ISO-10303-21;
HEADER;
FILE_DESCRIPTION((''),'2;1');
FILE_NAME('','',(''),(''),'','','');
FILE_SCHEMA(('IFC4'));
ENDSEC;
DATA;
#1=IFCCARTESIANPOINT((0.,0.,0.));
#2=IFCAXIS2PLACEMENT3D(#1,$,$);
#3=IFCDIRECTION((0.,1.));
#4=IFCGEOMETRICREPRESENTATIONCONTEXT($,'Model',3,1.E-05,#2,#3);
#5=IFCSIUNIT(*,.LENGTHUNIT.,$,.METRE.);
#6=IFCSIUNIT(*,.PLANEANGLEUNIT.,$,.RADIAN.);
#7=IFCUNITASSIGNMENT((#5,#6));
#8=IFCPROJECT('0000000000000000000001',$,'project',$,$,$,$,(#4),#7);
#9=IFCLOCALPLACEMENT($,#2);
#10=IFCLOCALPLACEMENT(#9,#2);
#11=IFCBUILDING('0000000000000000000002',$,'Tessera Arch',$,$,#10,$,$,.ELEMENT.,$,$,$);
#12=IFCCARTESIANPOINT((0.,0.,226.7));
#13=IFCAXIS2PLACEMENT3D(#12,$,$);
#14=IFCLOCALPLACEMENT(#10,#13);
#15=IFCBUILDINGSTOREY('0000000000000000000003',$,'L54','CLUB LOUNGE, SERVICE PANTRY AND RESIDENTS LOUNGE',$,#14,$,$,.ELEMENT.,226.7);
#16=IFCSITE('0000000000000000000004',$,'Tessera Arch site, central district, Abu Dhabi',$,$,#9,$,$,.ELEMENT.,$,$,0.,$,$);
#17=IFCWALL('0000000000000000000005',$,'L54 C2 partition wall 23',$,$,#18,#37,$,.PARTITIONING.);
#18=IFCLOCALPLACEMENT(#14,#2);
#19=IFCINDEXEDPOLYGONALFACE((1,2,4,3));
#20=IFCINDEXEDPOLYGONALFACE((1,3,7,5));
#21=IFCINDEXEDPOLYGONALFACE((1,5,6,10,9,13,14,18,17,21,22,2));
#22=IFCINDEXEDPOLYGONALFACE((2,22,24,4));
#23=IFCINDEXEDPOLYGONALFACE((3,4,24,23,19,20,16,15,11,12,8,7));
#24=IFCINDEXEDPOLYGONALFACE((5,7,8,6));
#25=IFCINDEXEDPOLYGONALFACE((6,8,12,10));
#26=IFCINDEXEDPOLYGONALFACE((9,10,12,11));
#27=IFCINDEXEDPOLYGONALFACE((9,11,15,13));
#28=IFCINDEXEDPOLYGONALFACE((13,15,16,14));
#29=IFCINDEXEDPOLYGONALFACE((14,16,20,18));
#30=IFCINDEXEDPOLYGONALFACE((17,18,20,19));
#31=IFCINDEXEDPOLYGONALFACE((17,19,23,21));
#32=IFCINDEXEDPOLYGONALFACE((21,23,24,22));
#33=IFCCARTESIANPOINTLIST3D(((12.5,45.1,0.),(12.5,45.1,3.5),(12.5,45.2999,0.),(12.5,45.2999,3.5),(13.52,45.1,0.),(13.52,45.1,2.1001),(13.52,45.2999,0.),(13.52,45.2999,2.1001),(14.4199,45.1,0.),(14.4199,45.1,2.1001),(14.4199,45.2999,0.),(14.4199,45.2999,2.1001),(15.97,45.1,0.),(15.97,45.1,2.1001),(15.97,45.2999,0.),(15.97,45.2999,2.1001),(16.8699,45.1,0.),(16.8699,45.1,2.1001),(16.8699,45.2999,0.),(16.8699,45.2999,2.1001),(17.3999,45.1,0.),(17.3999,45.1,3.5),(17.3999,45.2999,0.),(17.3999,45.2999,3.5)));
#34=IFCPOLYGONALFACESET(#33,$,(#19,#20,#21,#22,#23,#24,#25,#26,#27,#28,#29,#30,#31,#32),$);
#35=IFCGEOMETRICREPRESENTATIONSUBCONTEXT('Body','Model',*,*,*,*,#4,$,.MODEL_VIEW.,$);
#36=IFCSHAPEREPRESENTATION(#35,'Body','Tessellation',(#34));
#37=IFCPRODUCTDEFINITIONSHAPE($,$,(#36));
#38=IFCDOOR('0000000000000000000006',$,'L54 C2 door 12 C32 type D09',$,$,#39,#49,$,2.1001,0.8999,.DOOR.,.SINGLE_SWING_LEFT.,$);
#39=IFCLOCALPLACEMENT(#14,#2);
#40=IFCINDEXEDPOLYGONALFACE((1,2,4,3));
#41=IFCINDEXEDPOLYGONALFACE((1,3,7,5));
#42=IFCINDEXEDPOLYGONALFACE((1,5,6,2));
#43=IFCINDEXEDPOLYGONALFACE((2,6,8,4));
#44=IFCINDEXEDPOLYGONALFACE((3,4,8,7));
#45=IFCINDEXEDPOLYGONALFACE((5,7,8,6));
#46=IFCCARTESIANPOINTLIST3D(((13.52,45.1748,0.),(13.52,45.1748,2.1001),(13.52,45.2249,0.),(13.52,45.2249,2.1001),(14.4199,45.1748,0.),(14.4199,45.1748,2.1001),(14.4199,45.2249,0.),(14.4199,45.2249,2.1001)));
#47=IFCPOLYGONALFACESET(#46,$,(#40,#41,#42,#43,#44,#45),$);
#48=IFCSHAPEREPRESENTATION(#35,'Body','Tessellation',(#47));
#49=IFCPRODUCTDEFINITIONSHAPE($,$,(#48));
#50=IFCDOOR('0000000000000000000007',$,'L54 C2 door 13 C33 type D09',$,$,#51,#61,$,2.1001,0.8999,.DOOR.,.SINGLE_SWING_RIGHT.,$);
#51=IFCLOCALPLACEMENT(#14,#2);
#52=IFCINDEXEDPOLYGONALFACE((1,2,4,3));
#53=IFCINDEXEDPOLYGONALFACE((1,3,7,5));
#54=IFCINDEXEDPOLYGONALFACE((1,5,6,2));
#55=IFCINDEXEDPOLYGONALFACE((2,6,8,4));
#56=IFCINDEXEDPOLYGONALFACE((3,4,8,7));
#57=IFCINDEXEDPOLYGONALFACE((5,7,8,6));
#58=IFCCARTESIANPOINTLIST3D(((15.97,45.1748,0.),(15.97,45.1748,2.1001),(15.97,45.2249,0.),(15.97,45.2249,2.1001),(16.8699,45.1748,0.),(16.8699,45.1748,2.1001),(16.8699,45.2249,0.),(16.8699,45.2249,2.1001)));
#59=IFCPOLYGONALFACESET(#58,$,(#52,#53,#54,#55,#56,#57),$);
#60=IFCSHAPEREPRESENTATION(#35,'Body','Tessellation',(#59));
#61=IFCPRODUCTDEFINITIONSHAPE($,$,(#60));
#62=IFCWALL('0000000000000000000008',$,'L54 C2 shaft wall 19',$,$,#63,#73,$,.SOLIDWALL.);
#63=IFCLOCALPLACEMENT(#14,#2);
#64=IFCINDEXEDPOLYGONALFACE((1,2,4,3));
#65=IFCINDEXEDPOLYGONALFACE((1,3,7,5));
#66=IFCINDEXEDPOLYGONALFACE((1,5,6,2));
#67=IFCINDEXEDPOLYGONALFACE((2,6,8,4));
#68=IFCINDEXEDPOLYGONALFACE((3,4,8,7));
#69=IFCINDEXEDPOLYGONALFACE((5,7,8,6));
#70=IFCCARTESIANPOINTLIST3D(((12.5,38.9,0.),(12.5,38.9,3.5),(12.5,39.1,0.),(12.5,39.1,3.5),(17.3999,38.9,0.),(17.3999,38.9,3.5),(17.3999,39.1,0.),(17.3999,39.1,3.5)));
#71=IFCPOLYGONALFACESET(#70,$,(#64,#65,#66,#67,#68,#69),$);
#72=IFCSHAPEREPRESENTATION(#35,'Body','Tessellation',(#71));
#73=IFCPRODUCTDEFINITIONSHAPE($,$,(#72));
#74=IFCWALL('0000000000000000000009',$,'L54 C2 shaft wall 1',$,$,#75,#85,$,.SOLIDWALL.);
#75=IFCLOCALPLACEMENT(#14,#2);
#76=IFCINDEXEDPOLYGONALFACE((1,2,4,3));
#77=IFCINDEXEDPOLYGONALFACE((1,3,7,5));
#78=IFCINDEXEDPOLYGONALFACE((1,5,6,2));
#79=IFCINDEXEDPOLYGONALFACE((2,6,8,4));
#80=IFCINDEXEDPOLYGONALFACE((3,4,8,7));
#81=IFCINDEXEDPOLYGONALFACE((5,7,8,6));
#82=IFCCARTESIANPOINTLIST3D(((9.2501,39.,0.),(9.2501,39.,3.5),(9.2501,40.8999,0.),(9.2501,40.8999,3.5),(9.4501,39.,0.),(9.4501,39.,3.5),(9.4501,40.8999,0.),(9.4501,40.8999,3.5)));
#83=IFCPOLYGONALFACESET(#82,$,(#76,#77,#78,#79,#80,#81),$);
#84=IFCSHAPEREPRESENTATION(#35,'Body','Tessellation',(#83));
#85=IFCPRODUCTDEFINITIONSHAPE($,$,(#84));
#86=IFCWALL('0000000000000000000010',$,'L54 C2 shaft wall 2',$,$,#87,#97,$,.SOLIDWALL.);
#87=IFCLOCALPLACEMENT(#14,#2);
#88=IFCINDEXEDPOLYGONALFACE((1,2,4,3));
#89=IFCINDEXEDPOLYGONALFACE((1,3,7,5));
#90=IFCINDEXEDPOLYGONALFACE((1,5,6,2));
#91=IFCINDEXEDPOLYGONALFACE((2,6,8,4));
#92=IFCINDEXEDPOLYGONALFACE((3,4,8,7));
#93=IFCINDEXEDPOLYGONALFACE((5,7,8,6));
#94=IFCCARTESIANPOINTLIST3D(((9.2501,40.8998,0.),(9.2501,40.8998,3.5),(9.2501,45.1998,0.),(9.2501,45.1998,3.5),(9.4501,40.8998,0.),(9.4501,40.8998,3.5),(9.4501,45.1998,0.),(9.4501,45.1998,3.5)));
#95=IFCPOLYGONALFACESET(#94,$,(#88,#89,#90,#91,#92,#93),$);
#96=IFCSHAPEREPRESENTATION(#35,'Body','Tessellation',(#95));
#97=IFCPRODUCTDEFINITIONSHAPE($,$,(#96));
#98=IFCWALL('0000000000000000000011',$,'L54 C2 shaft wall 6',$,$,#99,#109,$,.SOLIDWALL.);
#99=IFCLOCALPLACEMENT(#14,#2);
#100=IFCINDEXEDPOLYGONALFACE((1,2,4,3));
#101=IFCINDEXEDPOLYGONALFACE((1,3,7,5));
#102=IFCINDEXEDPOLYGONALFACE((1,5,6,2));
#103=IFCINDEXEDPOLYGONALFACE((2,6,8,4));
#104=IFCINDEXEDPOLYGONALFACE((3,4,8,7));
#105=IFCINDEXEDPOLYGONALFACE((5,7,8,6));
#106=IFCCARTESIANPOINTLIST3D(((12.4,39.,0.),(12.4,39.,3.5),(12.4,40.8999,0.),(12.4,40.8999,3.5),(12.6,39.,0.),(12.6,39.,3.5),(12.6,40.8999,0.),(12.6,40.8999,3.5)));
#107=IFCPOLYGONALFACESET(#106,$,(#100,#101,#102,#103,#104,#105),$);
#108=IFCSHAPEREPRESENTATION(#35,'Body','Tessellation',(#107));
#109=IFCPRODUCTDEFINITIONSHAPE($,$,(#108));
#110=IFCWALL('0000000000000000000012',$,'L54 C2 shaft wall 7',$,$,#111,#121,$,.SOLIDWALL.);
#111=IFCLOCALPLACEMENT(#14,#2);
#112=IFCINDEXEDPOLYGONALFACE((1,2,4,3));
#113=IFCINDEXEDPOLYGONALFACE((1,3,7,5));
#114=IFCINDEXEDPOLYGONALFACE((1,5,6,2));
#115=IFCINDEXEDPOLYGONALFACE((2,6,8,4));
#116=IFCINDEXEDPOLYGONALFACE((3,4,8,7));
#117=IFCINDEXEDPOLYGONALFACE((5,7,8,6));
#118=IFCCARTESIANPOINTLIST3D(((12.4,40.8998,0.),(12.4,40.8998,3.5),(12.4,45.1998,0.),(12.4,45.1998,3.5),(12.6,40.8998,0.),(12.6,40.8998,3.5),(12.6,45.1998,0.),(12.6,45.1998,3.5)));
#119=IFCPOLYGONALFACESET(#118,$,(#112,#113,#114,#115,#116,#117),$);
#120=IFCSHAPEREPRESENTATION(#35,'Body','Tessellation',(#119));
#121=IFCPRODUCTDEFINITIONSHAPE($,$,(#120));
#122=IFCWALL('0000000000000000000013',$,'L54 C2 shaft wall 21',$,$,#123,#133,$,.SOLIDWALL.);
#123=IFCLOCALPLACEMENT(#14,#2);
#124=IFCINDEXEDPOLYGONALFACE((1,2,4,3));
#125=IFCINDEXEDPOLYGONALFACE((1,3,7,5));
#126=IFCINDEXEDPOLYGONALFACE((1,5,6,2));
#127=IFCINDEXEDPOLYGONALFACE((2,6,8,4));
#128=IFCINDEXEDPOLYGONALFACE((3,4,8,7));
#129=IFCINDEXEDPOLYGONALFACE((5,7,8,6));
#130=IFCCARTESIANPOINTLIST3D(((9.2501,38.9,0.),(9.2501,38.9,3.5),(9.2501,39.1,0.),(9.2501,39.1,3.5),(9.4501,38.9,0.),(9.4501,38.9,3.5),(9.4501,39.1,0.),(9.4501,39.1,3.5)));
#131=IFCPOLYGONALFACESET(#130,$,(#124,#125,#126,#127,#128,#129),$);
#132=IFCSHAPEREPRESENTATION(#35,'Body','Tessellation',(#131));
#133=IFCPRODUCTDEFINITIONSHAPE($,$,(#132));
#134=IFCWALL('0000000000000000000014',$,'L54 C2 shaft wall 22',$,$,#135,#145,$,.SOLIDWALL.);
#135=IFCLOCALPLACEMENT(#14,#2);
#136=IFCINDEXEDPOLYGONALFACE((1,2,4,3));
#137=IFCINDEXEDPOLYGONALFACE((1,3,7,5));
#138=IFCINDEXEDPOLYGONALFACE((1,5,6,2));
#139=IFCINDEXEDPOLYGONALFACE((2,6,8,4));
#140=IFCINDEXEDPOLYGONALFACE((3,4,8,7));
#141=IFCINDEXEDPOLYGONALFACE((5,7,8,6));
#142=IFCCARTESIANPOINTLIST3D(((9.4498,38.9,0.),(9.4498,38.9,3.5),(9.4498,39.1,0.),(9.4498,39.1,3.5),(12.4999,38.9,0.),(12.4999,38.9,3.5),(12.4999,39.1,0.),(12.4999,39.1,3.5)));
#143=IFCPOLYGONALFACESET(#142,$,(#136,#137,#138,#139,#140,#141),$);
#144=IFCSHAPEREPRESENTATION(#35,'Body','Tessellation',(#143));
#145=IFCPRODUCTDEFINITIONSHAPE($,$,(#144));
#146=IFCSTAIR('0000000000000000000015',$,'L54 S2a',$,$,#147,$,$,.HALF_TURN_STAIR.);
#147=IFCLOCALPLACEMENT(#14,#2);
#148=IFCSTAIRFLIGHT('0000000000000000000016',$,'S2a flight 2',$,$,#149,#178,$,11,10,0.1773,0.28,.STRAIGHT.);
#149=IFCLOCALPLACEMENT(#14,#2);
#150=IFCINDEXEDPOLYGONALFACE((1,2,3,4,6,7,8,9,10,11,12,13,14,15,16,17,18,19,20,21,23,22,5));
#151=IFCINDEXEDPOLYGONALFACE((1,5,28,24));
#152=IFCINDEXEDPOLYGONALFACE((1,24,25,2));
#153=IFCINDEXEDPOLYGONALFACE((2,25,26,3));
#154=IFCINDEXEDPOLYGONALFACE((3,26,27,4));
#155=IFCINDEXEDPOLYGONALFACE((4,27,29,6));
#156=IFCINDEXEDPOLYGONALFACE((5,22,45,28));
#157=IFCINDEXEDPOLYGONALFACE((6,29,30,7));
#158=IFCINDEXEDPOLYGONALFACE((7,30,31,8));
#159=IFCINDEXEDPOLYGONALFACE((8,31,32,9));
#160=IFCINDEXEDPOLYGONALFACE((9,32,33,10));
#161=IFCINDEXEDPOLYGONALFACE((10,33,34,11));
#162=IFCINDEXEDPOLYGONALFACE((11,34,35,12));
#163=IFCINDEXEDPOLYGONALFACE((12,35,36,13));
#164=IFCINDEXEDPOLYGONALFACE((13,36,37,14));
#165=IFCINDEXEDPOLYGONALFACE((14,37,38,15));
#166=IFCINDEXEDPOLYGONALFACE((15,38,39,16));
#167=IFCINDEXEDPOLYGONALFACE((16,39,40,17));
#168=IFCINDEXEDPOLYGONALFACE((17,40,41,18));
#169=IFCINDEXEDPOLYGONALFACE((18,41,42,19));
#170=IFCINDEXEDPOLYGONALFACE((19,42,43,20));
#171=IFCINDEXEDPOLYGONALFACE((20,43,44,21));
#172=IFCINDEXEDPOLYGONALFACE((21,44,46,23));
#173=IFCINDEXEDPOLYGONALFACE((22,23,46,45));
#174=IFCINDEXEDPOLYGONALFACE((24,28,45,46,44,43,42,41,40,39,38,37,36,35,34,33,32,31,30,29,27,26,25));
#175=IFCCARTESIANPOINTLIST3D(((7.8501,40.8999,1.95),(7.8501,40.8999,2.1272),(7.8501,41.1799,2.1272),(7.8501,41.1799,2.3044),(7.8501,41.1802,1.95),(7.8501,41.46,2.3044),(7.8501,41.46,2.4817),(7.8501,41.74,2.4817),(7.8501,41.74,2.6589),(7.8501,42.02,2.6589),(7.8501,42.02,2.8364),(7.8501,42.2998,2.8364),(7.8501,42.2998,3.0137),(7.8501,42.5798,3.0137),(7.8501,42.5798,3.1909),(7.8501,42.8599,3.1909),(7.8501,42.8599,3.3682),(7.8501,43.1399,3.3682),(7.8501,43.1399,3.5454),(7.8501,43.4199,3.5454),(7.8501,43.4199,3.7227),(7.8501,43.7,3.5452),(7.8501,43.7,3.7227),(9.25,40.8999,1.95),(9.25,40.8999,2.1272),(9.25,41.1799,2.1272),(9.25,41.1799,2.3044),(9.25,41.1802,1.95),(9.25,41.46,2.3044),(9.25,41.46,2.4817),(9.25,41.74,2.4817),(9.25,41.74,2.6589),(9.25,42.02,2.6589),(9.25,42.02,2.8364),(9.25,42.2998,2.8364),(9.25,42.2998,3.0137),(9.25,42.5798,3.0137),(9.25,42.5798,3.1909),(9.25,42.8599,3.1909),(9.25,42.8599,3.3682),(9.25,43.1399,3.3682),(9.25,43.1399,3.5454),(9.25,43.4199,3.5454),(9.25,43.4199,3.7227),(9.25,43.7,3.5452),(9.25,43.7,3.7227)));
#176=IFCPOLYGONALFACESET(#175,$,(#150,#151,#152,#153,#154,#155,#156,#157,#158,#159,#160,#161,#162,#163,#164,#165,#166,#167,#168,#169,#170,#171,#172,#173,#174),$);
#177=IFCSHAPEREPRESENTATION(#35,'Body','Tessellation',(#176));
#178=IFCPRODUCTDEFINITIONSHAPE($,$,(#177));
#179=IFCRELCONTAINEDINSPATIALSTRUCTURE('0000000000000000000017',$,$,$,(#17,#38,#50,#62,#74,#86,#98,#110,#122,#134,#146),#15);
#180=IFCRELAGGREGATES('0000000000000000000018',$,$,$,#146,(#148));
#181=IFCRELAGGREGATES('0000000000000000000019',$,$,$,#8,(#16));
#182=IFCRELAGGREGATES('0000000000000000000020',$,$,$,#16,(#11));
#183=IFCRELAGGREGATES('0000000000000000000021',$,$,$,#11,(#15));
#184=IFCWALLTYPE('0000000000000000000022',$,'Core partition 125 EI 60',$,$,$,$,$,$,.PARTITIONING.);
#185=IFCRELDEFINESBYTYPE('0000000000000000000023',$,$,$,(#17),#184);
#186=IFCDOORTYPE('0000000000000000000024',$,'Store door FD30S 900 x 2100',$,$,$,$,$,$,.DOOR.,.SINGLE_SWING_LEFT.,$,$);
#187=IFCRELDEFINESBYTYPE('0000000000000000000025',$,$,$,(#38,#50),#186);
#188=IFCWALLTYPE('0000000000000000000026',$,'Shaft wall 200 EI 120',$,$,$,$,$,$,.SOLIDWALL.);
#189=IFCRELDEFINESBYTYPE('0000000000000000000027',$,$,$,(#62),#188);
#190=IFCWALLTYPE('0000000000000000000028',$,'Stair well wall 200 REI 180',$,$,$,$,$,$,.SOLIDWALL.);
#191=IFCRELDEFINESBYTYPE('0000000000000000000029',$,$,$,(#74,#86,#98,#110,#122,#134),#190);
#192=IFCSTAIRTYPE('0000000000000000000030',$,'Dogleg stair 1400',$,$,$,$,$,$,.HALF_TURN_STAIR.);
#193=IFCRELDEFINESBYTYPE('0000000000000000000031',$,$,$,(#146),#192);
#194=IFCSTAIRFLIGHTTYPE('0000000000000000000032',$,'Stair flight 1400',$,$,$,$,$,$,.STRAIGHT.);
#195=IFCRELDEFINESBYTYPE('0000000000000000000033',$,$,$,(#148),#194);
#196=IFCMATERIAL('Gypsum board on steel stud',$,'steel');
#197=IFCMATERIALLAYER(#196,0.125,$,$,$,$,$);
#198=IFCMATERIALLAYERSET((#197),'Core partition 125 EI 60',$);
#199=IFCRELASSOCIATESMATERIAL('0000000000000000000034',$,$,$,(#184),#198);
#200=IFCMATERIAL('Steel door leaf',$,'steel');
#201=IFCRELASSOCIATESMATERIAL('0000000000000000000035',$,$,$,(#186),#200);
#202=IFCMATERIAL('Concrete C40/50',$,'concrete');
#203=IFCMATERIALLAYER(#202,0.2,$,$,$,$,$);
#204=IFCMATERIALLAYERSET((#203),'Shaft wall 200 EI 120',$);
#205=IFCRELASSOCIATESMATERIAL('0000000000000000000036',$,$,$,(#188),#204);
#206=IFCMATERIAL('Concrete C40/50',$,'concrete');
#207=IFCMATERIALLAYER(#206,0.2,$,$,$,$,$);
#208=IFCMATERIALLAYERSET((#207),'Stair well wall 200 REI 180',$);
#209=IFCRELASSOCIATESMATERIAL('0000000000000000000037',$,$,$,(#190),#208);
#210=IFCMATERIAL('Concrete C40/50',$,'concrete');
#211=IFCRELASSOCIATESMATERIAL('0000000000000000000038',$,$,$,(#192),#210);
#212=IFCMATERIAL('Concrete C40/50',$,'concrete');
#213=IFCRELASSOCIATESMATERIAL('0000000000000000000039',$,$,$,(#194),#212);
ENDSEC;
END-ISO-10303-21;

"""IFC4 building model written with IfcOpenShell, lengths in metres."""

from ifc_helpers import new_model, si_unit, direction, frame, frame_2d, origin, place, context, subcontext, project, spatial, polyline, rectangle, outline, extrude, material, layer, layer_set, type_object, element, fill, aggregate, save


model = new_model("IFC4")

# Units and contexts
model_context = context("Model", 3, precision=1e-05, world=origin(), true_north=direction((0.0, 1.0)))
body_context = subcontext(model_context, "Body", "Model", "MODEL_VIEW")
ifc_project = project(units=[si_unit("LENGTHUNIT", "METRE"), si_unit("PLANEANGLEUNIT", "RADIAN")], contexts=[model_context])

# Site, building, storey
site_placement = place(None, origin())
site = spatial("IfcSite", under=ifc_project, at=site_placement, Name="Tessera Arch site, central district, Abu Dhabi", CompositionType="ELEMENT", RefElevation=0.0)
building_placement = place(site_placement, origin())
building = spatial("IfcBuilding", under=site, at=building_placement, Name="Tessera Arch", CompositionType="ELEMENT")
storey_placement = place(building_placement, frame((0.0, 0.0, 226.7)))
storey = spatial("IfcBuildingStorey", under=building, at=storey_placement, Name="L54", Description="CLUB LOUNGE, SERVICE PANTRY AND RESIDENTS LOUNGE", CompositionType="ELEMENT", Elevation=226.7)

# Shared definitions
ifc_material_1 = material(Name="Gypsum board on steel stud", Category="steel")
ifc_layer_1 = layer(ifc_material_1, 0.125)
ifc_layer_set_1 = layer_set([ifc_layer_1], Name="Core partition 125 EI 60")
wall_type_1 = type_object("IfcWallType", Name="Core partition 125 EI 60", PredefinedType="PARTITIONING", material=ifc_layer_set_1)

# Wall, openings, doors
wall_1_placement = place(storey_placement, frame((12.5, 45.2, 0.0), z_axis=(0.0, 0.0, 1.0), x_axis=(1.0, 0.0, 0.0)))
wall_1 = element("IfcWall", 1, at=wall_1_placement, inside=storey, type_object=wall_type_1, Name="L54 C2 partition wall 23", PredefinedType="PARTITIONING", context=body_context, shape_type="SweptSolid", body=[
    extrude(rectangle(XDim=4.8999, YDim=0.2, at=frame_2d((2.45, 0.0))), origin(), (0.0, 0.0, 1.0), 3.5),
])
opening_1_placement = place(wall_1_placement, frame((1.02, 0.0, 0.0)))
opening_1 = element("IfcOpeningElement", 2, at=opening_1_placement, cuts=wall_1, PredefinedType="OPENING", context=body_context, shape_type="SweptSolid", body=[
    extrude(rectangle(XDim=0.8999, YDim=2.1001, at=frame_2d((0.45, 1.05))), frame((0.0, 0.1099, 0.0), z_axis=(0.0, -1.0, 0.0), x_axis=(1.0, 0.0, 0.0)), (0.0, 0.0, 1.0), 0.22),
])
opening_2_placement = place(wall_1_placement, frame((3.47, 0.0, 0.0)))
opening_2 = element("IfcOpeningElement", 3, at=opening_2_placement, cuts=wall_1, PredefinedType="OPENING", context=body_context, shape_type="SweptSolid", body=[
    extrude(rectangle(XDim=0.8999, YDim=2.1001, at=frame_2d((0.45, 1.05))), frame((0.0, 0.1099, 0.0), z_axis=(0.0, -1.0, 0.0), x_axis=(1.0, 0.0, 0.0)), (0.0, 0.0, 1.0), 0.22),
])
ifc_material_2 = material(Name="Steel door leaf", Category="steel")
door_type = type_object("IfcDoorType", Name="Store door FD30S 900 x 2100", OperationType="SINGLE_SWING_LEFT", PredefinedType="DOOR", material=ifc_material_2)
door_1_placement = place(opening_1_placement, origin())
door_1 = element("IfcDoor", 4, at=door_1_placement, inside=storey, type_object=door_type, Name="L54 C2 door 12 C32 type D09", OperationType="SINGLE_SWING_LEFT", OverallHeight=2.1001, OverallWidth=0.8999, PredefinedType="DOOR", context=body_context, shape_type="SweptSolid", body=[
    extrude(rectangle(XDim=0.8999, YDim=2.1001, at=frame_2d((0.45, 1.05))), frame((0.0, 0.0249, 0.0), z_axis=(0.0, -1.0, 0.0), x_axis=(1.0, 0.0, 0.0)), (0.0, 0.0, 1.0), 0.05),
])
fill(opening_1, door_1)
door_2_placement = place(opening_2_placement, origin())
door_2 = element("IfcDoor", 5, at=door_2_placement, inside=storey, type_object=door_type, Name="L54 C2 door 13 C33 type D09", OperationType="SINGLE_SWING_RIGHT", OverallHeight=2.1001, OverallWidth=0.8999, PredefinedType="DOOR", context=body_context, shape_type="SweptSolid", body=[
    extrude(rectangle(XDim=0.8999, YDim=2.1001, at=frame_2d((0.45, 1.05))), frame((0.0, 0.0249, 0.0), z_axis=(0.0, -1.0, 0.0), x_axis=(1.0, 0.0, 0.0)), (0.0, 0.0, 1.0), 0.05),
])
fill(opening_2, door_2)

# Walls
ifc_material_3 = material(Name="Concrete C40/50", Category="concrete")
ifc_layer_2 = layer(ifc_material_3, 0.2)
ifc_layer_set_2 = layer_set([ifc_layer_2], Name="Shaft wall 200 EI 120")
wall_type_2 = type_object("IfcWallType", Name="Shaft wall 200 EI 120", PredefinedType="SOLIDWALL", material=ifc_layer_set_2)
wall_2_placement = place(storey_placement, frame((12.5, 39.0, 0.0), z_axis=(0.0, 0.0, 1.0), x_axis=(1.0, 0.0, 0.0)))
element("IfcWall", 6, at=wall_2_placement, inside=storey, type_object=wall_type_2, Name="L54 C2 shaft wall 19", PredefinedType="SOLIDWALL", context=body_context, shape_type="SweptSolid", body=[
    extrude(rectangle(XDim=4.8999, YDim=0.2, at=frame_2d((2.45, 0.0))), origin(), (0.0, 0.0, 1.0), 3.5),
])
ifc_material_4 = material(Name="Concrete C40/50", Category="concrete")
ifc_layer_3 = layer(ifc_material_4, 0.2)
ifc_layer_set_3 = layer_set([ifc_layer_3], Name="Stair well wall 200 REI 180")
wall_type_3 = type_object("IfcWallType", Name="Stair well wall 200 REI 180", PredefinedType="SOLIDWALL", material=ifc_layer_set_3)
wall_3_placement = place(storey_placement, frame((9.3501, 39.0, 0.0), z_axis=(0.0, 0.0, 1.0), x_axis=(0.0, 1.0, 0.0)))
element("IfcWall", 7, at=wall_3_placement, inside=storey, type_object=wall_type_3, Name="L54 C2 shaft wall 1", PredefinedType="SOLIDWALL", context=body_context, shape_type="SweptSolid", body=[
    extrude(rectangle(XDim=1.8999, YDim=0.2, at=frame_2d((0.95, 0.0))), origin(), (0.0, 0.0, 1.0), 3.5),
])
wall_4_placement = place(storey_placement, frame((9.3501, 40.8999, 0.0), z_axis=(0.0, 0.0, 1.0), x_axis=(0.0, 1.0, 0.0)))
element("IfcWall", 8, at=wall_4_placement, inside=storey, type_object=wall_type_3, Name="L54 C2 shaft wall 2", PredefinedType="SOLIDWALL", context=body_context, shape_type="SweptSolid", body=[
    extrude(rectangle(XDim=4.3, YDim=0.2, at=frame_2d((2.1499, 0.0))), origin(), (0.0, 0.0, 1.0), 3.5),
])
wall_5_placement = place(storey_placement, frame((12.5, 39.0, 0.0), z_axis=(0.0, 0.0, 1.0), x_axis=(0.0, 1.0, 0.0)))
element("IfcWall", 9, at=wall_5_placement, inside=storey, type_object=wall_type_3, Name="L54 C2 shaft wall 6", PredefinedType="SOLIDWALL", context=body_context, shape_type="SweptSolid", body=[
    extrude(rectangle(XDim=1.8999, YDim=0.2, at=frame_2d((0.95, 0.0))), origin(), (0.0, 0.0, 1.0), 3.5),
])
wall_6_placement = place(storey_placement, frame((12.5, 40.8999, 0.0), z_axis=(0.0, 0.0, 1.0), x_axis=(0.0, 1.0, 0.0)))
element("IfcWall", 10, at=wall_6_placement, inside=storey, type_object=wall_type_3, Name="L54 C2 shaft wall 7", PredefinedType="SOLIDWALL", context=body_context, shape_type="SweptSolid", body=[
    extrude(rectangle(XDim=4.3, YDim=0.2, at=frame_2d((2.1499, 0.0))), origin(), (0.0, 0.0, 1.0), 3.5),
])
wall_7_placement = place(storey_placement, frame((9.25, 39.0, 0.0), z_axis=(0.0, 0.0, 1.0), x_axis=(1.0, 0.0, 0.0)))
element("IfcWall", 11, at=wall_7_placement, inside=storey, type_object=wall_type_3, Name="L54 C2 shaft wall 21", PredefinedType="SOLIDWALL", context=body_context, shape_type="SweptSolid", body=[
    extrude(rectangle(XDim=0.2, YDim=0.2, at=frame_2d((0.1001, 0.0))), origin(), (0.0, 0.0, 1.0), 3.5),
])
wall_8_placement = place(storey_placement, frame((9.45, 39.0, 0.0), z_axis=(0.0, 0.0, 1.0), x_axis=(1.0, 0.0, 0.0)))
element("IfcWall", 12, at=wall_8_placement, inside=storey, type_object=wall_type_3, Name="L54 C2 shaft wall 22", PredefinedType="SOLIDWALL", context=body_context, shape_type="SweptSolid", body=[
    extrude(rectangle(XDim=3.05, YDim=0.2, at=frame_2d((1.5249, 0.0))), origin(), (0.0, 0.0, 1.0), 3.5),
])

# Stair, stair flight
ifc_material_5 = material(Name="Concrete C40/50", Category="concrete")
stair_type = type_object("IfcStairType", Name="Dogleg stair 1400", PredefinedType="HALF_TURN_STAIR", material=ifc_material_5)
stair_1_placement = place(storey_placement, origin())
stair_1 = element("IfcStair", 13, at=stair_1_placement, inside=storey, type_object=stair_type, Name="L54 S2a", PredefinedType="HALF_TURN_STAIR")
ifc_material_6 = material(Name="Concrete C40/50", Category="concrete")
stair_flight_type = type_object("IfcStairFlightType", Name="Stair flight 1400", PredefinedType="STRAIGHT", material=ifc_material_6)
stair_flight_1_placement = place(storey_placement, frame((8.55, 40.8999, 1.95), z_axis=(0.0, 0.0, 1.0), x_axis=(0.0, 1.0, 0.0)))
stair_flight_1 = element("IfcStairFlight", 14, at=stair_flight_1_placement, type_object=stair_flight_type, Name="S2a flight 2", NumberOfRisers=11, NumberOfTreads=10, PredefinedType="STRAIGHT", RiserHeight=0.1773, TreadLength=0.28, context=body_context, shape_type="SweptSolid", body=[
    extrude(outline(polyline([(0.0, 0.0), (0.0, 0.1772), (0.28, 0.1772), (0.28, 0.3545), (0.5601, 0.3545), (0.5601, 0.5317), (0.8401, 0.5317), (0.8401, 0.709), (1.1201, 0.709), (1.1201, 0.8865), (1.3999, 0.8865), (1.3999, 1.0637), (1.6799, 1.0637), (1.6799, 1.241), (1.96, 1.241), (1.96, 1.4182), (2.24, 1.4182), (2.24, 1.5955), (2.52, 1.5955), (2.52, 1.7727), (2.8, 1.7727), (2.8, 1.95), (2.8, 1.5952), (0.2803, 0.0), (0.0, 0.0)])), frame((0.0, 0.7, 0.0), z_axis=(0.0, -1.0, 0.0), x_axis=(1.0, 0.0, 0.0)), (0.0, 0.0, 1.0), 1.3999),
])
aggregate(stair_1, [stair_flight_1])

save(model, "model.ifc")
